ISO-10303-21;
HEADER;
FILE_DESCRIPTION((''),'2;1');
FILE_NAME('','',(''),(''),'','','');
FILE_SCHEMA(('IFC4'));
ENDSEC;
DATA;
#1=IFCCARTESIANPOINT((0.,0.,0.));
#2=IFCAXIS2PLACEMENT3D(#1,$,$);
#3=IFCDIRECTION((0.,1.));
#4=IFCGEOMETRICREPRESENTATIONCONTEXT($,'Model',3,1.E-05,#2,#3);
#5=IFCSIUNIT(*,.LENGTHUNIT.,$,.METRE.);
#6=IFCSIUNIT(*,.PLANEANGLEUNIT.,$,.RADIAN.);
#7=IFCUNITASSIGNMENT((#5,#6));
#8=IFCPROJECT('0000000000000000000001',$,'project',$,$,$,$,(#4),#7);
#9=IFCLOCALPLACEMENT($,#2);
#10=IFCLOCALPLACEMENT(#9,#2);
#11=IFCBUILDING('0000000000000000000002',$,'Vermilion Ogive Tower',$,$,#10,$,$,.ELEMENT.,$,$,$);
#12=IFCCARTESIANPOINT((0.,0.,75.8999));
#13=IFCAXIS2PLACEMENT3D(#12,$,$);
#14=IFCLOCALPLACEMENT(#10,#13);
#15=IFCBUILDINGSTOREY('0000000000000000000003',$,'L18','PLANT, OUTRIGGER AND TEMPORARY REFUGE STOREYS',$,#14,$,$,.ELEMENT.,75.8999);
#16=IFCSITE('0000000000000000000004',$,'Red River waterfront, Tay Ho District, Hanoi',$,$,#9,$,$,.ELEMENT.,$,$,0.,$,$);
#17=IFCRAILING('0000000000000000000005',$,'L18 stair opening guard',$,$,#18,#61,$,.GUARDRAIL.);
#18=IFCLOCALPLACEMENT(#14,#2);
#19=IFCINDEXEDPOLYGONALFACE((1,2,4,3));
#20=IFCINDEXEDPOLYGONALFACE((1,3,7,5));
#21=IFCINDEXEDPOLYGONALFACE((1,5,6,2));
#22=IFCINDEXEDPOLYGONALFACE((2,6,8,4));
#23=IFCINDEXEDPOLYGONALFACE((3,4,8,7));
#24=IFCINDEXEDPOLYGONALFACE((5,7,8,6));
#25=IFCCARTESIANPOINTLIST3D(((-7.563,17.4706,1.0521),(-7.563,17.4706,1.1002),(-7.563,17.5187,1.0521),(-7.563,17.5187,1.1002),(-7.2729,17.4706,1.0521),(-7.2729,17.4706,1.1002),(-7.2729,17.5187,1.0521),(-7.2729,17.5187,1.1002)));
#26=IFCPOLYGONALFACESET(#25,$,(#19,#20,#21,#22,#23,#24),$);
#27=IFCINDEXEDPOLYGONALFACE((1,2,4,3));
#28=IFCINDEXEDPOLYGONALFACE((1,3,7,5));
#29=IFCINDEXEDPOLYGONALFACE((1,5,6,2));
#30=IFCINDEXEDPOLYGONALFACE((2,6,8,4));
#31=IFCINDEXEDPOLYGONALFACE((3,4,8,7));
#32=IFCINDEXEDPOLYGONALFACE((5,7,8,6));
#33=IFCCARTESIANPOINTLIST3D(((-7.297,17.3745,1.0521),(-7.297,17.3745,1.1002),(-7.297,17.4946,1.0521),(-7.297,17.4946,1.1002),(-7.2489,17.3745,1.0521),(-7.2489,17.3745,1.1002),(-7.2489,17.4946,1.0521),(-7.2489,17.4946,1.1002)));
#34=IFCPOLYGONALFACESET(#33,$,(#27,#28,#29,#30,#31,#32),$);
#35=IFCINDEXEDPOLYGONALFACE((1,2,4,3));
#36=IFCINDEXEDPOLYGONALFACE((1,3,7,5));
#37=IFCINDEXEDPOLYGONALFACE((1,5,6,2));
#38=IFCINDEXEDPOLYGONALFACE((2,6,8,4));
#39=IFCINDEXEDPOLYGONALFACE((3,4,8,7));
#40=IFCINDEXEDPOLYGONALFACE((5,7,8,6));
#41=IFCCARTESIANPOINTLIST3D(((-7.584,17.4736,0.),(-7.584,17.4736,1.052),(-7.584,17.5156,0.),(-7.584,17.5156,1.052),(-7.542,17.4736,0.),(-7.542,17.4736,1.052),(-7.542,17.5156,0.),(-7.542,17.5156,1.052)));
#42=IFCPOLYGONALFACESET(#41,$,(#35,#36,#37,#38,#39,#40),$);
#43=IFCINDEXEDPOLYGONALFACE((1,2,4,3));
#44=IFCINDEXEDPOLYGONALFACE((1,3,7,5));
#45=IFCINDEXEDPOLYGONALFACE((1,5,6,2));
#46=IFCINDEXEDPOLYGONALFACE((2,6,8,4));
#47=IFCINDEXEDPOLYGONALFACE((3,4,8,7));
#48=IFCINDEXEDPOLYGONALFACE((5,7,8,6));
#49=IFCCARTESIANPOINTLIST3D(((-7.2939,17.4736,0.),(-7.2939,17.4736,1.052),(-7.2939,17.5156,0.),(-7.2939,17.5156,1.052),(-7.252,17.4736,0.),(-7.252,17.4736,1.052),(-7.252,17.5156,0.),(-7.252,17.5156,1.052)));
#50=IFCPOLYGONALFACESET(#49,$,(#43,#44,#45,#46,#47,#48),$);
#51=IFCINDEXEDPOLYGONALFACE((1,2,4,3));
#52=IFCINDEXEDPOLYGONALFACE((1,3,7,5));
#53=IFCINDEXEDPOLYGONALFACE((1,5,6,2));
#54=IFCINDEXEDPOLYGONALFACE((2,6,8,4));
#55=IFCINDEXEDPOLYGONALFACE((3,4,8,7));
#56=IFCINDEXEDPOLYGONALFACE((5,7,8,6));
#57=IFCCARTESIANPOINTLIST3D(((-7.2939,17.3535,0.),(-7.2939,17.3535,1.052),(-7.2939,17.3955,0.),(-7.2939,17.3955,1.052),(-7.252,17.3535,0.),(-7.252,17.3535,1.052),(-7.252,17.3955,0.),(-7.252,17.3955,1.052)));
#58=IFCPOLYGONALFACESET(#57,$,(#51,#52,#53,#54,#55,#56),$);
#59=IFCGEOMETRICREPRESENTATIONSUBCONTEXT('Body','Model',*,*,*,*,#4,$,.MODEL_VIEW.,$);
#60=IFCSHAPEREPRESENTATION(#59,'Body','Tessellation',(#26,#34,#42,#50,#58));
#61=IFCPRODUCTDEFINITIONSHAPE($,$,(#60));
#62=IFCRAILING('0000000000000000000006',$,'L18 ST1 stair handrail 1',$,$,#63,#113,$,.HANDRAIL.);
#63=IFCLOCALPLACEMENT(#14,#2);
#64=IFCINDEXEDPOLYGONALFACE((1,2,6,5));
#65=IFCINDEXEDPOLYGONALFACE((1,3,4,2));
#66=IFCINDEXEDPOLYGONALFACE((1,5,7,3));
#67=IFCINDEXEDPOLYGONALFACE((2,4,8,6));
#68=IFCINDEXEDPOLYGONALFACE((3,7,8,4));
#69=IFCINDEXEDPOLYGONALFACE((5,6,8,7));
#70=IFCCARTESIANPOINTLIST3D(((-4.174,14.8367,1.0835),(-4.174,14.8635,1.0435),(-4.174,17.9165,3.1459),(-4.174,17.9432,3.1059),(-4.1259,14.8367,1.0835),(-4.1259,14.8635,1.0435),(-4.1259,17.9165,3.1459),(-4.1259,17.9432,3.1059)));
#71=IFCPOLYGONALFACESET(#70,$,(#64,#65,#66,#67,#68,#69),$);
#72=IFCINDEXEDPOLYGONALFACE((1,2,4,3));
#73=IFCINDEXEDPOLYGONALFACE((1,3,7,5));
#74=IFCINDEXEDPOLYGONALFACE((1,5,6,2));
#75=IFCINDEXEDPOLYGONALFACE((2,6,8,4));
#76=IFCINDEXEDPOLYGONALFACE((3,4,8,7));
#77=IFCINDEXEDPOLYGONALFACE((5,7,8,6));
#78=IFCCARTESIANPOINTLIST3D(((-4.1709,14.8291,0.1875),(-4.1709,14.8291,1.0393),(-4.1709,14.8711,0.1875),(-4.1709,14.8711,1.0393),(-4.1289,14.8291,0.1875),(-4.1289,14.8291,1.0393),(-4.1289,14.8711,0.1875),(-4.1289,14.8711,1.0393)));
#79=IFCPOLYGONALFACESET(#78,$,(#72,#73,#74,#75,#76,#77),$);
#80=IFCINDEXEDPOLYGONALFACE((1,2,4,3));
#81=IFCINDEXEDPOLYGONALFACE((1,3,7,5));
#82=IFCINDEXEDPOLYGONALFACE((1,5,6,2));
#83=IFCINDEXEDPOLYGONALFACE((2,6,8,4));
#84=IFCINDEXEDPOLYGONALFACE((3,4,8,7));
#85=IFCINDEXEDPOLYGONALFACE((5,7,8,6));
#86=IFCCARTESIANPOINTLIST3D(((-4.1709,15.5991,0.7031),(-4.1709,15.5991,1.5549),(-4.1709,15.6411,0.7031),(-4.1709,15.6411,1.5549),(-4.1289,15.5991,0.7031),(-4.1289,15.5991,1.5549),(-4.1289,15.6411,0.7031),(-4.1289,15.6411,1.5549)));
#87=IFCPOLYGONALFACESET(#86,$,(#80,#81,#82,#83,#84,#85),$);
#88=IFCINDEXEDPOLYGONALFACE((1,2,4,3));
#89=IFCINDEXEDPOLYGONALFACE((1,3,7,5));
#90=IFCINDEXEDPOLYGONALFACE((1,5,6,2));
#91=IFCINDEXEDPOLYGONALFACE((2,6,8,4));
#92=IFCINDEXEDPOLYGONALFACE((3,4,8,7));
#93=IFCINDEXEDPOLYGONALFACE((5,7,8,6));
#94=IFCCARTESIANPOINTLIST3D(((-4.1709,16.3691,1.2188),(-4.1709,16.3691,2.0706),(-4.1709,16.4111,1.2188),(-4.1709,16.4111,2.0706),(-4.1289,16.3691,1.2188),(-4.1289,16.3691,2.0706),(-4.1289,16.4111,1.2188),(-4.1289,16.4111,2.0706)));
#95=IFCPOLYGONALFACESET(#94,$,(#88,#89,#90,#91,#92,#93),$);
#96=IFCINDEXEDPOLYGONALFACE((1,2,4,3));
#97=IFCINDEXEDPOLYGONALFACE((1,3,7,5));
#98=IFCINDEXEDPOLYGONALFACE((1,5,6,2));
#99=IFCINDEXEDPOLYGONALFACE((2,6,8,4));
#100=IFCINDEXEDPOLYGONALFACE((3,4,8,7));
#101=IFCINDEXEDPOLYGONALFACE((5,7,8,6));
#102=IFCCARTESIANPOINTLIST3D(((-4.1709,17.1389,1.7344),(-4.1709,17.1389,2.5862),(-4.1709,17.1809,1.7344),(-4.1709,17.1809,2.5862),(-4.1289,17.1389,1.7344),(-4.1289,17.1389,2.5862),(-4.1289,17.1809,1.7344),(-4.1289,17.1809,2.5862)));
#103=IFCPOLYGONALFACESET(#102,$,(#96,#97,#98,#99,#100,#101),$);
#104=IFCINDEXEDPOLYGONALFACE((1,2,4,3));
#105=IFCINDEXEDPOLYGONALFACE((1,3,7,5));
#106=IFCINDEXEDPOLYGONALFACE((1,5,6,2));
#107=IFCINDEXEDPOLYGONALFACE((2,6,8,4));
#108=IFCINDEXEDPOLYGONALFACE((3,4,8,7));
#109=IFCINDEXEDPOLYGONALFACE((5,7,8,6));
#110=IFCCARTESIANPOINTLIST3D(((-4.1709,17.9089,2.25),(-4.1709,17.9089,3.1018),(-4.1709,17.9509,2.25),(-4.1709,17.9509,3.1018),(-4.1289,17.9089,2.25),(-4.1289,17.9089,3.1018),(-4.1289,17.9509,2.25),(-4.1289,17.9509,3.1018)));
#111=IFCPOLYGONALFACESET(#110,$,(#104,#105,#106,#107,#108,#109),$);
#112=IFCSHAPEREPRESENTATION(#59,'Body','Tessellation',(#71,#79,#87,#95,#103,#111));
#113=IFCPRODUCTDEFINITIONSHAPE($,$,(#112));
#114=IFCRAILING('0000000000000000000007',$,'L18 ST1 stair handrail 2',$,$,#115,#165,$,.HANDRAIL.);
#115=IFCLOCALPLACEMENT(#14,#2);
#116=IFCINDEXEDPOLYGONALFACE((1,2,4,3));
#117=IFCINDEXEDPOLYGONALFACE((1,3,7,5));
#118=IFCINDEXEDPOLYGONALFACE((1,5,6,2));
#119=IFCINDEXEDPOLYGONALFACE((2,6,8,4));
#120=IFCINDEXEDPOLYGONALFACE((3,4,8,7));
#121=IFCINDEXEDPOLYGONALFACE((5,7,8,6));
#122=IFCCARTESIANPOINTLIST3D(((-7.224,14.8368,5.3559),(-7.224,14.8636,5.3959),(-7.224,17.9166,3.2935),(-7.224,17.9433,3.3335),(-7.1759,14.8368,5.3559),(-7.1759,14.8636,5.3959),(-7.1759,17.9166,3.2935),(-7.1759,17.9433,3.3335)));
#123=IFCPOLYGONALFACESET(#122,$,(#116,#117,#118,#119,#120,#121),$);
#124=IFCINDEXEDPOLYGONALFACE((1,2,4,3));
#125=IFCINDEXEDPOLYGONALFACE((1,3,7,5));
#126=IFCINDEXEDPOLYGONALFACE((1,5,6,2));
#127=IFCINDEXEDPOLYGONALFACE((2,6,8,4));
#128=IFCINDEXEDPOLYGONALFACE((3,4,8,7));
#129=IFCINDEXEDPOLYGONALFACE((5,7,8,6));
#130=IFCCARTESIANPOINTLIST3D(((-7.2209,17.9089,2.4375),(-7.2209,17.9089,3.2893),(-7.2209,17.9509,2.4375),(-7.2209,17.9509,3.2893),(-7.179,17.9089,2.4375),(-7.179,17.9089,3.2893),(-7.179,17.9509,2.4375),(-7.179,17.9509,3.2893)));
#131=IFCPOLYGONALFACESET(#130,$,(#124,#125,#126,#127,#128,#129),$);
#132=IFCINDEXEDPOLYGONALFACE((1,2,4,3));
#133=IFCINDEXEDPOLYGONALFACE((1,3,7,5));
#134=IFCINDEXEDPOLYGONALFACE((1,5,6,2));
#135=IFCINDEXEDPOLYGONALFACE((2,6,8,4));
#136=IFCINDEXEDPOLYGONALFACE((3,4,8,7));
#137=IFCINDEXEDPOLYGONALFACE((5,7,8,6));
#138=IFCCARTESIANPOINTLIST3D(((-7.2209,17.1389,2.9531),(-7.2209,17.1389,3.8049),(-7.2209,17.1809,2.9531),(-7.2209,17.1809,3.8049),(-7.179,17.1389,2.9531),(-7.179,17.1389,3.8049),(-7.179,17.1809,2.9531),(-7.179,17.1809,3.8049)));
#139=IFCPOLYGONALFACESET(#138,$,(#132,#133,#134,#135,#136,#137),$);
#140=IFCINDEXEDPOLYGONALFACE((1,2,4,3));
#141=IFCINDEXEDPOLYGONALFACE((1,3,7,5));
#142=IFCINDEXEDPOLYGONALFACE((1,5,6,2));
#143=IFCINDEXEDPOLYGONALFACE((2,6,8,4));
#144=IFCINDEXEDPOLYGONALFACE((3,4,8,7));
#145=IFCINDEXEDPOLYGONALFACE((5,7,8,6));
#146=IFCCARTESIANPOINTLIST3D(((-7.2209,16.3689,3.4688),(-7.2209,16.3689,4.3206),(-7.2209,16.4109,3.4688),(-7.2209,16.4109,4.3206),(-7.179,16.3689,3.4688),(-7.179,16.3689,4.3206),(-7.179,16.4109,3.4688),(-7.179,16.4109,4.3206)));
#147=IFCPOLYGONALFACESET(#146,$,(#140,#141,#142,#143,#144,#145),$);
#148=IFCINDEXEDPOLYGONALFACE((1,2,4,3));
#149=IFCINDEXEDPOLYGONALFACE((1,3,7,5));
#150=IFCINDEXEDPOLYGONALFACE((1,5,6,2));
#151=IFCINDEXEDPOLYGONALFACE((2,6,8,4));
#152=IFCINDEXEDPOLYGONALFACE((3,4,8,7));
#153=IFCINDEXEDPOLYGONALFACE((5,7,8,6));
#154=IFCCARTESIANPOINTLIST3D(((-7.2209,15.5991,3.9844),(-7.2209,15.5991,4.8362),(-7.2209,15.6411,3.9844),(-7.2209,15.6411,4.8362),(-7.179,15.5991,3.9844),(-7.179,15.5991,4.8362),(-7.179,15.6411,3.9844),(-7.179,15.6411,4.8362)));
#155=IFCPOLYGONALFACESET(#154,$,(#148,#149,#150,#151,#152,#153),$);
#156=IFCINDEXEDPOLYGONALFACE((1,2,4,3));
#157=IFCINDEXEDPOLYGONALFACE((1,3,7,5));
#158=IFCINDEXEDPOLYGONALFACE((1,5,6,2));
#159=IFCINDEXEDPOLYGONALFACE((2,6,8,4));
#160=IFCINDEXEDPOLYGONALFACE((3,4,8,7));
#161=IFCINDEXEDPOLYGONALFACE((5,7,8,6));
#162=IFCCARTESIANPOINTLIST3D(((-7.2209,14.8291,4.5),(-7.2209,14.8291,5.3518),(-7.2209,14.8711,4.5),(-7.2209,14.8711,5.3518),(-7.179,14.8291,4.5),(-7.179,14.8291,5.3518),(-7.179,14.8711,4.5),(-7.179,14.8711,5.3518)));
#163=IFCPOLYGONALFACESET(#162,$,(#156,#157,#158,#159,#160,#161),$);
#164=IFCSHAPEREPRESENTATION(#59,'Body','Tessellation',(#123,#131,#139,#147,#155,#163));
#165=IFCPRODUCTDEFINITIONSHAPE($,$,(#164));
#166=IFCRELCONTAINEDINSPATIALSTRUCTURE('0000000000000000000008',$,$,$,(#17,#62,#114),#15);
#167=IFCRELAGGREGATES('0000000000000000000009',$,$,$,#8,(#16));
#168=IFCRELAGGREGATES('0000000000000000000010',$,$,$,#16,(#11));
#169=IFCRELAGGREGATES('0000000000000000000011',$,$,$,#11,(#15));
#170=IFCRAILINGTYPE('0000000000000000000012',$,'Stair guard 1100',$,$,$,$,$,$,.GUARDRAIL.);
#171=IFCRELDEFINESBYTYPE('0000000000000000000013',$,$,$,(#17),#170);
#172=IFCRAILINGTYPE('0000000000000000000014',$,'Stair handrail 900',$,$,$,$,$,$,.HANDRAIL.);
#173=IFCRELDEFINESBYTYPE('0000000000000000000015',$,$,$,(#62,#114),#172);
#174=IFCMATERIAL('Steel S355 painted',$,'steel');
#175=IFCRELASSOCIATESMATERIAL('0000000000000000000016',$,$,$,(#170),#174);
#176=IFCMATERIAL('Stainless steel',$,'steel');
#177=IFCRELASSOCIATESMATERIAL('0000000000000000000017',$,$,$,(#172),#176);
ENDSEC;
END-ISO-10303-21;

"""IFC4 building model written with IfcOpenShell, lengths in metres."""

from ifc_helpers import new_model, si_unit, direction, frame, origin, origin_2d, place, context, subcontext, project, spatial, rectangle, extrude, material, type_object, element, save


model = new_model("IFC4")

# Units and contexts
model_context = context("Model", 3, precision=1e-05, world=origin(), true_north=direction((0.0, 1.0)))
body_context = subcontext(model_context, "Body", "Model", "MODEL_VIEW")
ifc_project = project(units=[si_unit("LENGTHUNIT", "METRE"), si_unit("PLANEANGLEUNIT", "RADIAN")], contexts=[model_context])

# Site, building, storey
site_placement = place(None, origin())
site = spatial("IfcSite", under=ifc_project, at=site_placement, Name="Red River waterfront, Tay Ho District, Hanoi", CompositionType="ELEMENT", RefElevation=0.0)
building_placement = place(site_placement, origin())
building = spatial("IfcBuilding", under=site, at=building_placement, Name="Vermilion Ogive Tower", CompositionType="ELEMENT")
storey_placement = place(building_placement, frame((0.0, 0.0, 75.8999)))
storey = spatial("IfcBuildingStorey", under=building, at=storey_placement, Name="L18", Description="PLANT, OUTRIGGER AND TEMPORARY REFUGE STOREYS", CompositionType="ELEMENT", Elevation=75.8999)

# Railings
ifc_material_1 = material(Name="Steel S355 painted", Category="steel")
railing_type_1 = type_object("IfcRailingType", Name="Stair guard 1100", PredefinedType="GUARDRAIL", material=ifc_material_1)
railing_1_placement = place(storey_placement, frame((-7.563, 17.4946, 0.0)))
element("IfcRailing", 1, at=railing_1_placement, inside=storey, type_object=railing_type_1, Name="L18 stair opening guard", PredefinedType="GUARDRAIL", context=body_context, shape_type="SweptSolid", body=[
    extrude(rectangle(XDim=0.0481, YDim=0.0481, at=origin_2d()), frame((0.0, 0.0, 1.0762), z_axis=(1.0, 0.0, 0.0), x_axis=(0.0, 1.0, 0.0)), (0.0, 0.0, 1.0), 0.29),
    extrude(rectangle(XDim=0.0481, YDim=0.0481, at=origin_2d()), frame((0.29, 0.0, 1.0762), z_axis=(0.0, -1.0, 0.0), x_axis=(1.0, 0.0, 0.0)), (0.0, 0.0, 1.0), 0.1201),
    extrude(rectangle(XDim=0.042, YDim=0.042, at=origin_2d()), origin(), (0.0, 0.0, 1.0), 1.052),
    extrude(rectangle(XDim=0.042, YDim=0.042, at=origin_2d()), frame((0.29, 0.0, 0.0)), (0.0, 0.0, 1.0), 1.052),
    extrude(rectangle(XDim=0.042, YDim=0.042, at=origin_2d()), frame((0.29, -0.1201, 0.0)), (0.0, 0.0, 1.0), 1.052),
])
ifc_material_2 = material(Name="Stainless steel", Category="steel")
railing_type_2 = type_object("IfcRailingType", Name="Stair handrail 900", PredefinedType="HANDRAIL", material=ifc_material_2)
railing_2_placement = place(storey_placement, frame((-4.1499, 14.8501, 0.1875)))
element("IfcRailing", 2, at=railing_2_placement, inside=storey, type_object=railing_type_2, Name="L18 ST1 stair handrail 1", PredefinedType="HANDRAIL", context=body_context, shape_type="SweptSolid", body=[
    extrude(rectangle(XDim=0.0481, YDim=0.0481, at=origin_2d()), frame((0.0, 0.0, 0.876), z_axis=(0.0, 0.830893, 0.556432), x_axis=(-1.0, 0.0, 0.0)), (0.0, 0.0, 1.0), 3.7065),
    extrude(rectangle(XDim=0.042, YDim=0.042, at=origin_2d()), origin(), (0.0, 0.0, 1.0), 0.8518),
    extrude(rectangle(XDim=0.042, YDim=0.042, at=origin_2d()), frame((0.0, 0.77, 0.5156)), (0.0, 0.0, 1.0), 0.8518),
    extrude(rectangle(XDim=0.042, YDim=0.042, at=origin_2d()), frame((0.0, 1.54, 1.0312)), (0.0, 0.0, 1.0), 0.8518),
    extrude(rectangle(XDim=0.042, YDim=0.042, at=origin_2d()), frame((0.0, 2.3098, 1.5469)), (0.0, 0.0, 1.0), 0.8518),
    extrude(rectangle(XDim=0.042, YDim=0.042, at=origin_2d()), frame((0.0, 3.0798, 2.0625)), (0.0, 0.0, 1.0), 0.8518),
])
railing_3_placement = place(storey_placement, frame((-7.2, 17.9299, 2.4375)))
element("IfcRailing", 3, at=railing_3_placement, inside=storey, type_object=railing_type_2, Name="L18 ST1 stair handrail 2", PredefinedType="HANDRAIL", context=body_context, shape_type="SweptSolid", body=[
    extrude(rectangle(XDim=0.0481, YDim=0.0481, at=origin_2d()), frame((0.0, 0.0, 0.876), z_axis=(0.0, -0.830893, 0.556432), x_axis=(1.0, 0.0, 0.0)), (0.0, 0.0, 1.0), 3.7065),
    extrude(rectangle(XDim=0.042, YDim=0.042, at=origin_2d()), origin(), (0.0, 0.0, 1.0), 0.8518),
    extrude(rectangle(XDim=0.042, YDim=0.042, at=origin_2d()), frame((0.0, -0.77, 0.5156)), (0.0, 0.0, 1.0), 0.8518),
    extrude(rectangle(XDim=0.042, YDim=0.042, at=origin_2d()), frame((0.0, -1.54, 1.0312)), (0.0, 0.0, 1.0), 0.8518),
    extrude(rectangle(XDim=0.042, YDim=0.042, at=origin_2d()), frame((0.0, -2.3098, 1.5469)), (0.0, 0.0, 1.0), 0.8518),
    extrude(rectangle(XDim=0.042, YDim=0.042, at=origin_2d()), frame((0.0, -3.0798, 2.0625)), (0.0, 0.0, 1.0), 0.8518),
])

save(model, "model.ifc")
